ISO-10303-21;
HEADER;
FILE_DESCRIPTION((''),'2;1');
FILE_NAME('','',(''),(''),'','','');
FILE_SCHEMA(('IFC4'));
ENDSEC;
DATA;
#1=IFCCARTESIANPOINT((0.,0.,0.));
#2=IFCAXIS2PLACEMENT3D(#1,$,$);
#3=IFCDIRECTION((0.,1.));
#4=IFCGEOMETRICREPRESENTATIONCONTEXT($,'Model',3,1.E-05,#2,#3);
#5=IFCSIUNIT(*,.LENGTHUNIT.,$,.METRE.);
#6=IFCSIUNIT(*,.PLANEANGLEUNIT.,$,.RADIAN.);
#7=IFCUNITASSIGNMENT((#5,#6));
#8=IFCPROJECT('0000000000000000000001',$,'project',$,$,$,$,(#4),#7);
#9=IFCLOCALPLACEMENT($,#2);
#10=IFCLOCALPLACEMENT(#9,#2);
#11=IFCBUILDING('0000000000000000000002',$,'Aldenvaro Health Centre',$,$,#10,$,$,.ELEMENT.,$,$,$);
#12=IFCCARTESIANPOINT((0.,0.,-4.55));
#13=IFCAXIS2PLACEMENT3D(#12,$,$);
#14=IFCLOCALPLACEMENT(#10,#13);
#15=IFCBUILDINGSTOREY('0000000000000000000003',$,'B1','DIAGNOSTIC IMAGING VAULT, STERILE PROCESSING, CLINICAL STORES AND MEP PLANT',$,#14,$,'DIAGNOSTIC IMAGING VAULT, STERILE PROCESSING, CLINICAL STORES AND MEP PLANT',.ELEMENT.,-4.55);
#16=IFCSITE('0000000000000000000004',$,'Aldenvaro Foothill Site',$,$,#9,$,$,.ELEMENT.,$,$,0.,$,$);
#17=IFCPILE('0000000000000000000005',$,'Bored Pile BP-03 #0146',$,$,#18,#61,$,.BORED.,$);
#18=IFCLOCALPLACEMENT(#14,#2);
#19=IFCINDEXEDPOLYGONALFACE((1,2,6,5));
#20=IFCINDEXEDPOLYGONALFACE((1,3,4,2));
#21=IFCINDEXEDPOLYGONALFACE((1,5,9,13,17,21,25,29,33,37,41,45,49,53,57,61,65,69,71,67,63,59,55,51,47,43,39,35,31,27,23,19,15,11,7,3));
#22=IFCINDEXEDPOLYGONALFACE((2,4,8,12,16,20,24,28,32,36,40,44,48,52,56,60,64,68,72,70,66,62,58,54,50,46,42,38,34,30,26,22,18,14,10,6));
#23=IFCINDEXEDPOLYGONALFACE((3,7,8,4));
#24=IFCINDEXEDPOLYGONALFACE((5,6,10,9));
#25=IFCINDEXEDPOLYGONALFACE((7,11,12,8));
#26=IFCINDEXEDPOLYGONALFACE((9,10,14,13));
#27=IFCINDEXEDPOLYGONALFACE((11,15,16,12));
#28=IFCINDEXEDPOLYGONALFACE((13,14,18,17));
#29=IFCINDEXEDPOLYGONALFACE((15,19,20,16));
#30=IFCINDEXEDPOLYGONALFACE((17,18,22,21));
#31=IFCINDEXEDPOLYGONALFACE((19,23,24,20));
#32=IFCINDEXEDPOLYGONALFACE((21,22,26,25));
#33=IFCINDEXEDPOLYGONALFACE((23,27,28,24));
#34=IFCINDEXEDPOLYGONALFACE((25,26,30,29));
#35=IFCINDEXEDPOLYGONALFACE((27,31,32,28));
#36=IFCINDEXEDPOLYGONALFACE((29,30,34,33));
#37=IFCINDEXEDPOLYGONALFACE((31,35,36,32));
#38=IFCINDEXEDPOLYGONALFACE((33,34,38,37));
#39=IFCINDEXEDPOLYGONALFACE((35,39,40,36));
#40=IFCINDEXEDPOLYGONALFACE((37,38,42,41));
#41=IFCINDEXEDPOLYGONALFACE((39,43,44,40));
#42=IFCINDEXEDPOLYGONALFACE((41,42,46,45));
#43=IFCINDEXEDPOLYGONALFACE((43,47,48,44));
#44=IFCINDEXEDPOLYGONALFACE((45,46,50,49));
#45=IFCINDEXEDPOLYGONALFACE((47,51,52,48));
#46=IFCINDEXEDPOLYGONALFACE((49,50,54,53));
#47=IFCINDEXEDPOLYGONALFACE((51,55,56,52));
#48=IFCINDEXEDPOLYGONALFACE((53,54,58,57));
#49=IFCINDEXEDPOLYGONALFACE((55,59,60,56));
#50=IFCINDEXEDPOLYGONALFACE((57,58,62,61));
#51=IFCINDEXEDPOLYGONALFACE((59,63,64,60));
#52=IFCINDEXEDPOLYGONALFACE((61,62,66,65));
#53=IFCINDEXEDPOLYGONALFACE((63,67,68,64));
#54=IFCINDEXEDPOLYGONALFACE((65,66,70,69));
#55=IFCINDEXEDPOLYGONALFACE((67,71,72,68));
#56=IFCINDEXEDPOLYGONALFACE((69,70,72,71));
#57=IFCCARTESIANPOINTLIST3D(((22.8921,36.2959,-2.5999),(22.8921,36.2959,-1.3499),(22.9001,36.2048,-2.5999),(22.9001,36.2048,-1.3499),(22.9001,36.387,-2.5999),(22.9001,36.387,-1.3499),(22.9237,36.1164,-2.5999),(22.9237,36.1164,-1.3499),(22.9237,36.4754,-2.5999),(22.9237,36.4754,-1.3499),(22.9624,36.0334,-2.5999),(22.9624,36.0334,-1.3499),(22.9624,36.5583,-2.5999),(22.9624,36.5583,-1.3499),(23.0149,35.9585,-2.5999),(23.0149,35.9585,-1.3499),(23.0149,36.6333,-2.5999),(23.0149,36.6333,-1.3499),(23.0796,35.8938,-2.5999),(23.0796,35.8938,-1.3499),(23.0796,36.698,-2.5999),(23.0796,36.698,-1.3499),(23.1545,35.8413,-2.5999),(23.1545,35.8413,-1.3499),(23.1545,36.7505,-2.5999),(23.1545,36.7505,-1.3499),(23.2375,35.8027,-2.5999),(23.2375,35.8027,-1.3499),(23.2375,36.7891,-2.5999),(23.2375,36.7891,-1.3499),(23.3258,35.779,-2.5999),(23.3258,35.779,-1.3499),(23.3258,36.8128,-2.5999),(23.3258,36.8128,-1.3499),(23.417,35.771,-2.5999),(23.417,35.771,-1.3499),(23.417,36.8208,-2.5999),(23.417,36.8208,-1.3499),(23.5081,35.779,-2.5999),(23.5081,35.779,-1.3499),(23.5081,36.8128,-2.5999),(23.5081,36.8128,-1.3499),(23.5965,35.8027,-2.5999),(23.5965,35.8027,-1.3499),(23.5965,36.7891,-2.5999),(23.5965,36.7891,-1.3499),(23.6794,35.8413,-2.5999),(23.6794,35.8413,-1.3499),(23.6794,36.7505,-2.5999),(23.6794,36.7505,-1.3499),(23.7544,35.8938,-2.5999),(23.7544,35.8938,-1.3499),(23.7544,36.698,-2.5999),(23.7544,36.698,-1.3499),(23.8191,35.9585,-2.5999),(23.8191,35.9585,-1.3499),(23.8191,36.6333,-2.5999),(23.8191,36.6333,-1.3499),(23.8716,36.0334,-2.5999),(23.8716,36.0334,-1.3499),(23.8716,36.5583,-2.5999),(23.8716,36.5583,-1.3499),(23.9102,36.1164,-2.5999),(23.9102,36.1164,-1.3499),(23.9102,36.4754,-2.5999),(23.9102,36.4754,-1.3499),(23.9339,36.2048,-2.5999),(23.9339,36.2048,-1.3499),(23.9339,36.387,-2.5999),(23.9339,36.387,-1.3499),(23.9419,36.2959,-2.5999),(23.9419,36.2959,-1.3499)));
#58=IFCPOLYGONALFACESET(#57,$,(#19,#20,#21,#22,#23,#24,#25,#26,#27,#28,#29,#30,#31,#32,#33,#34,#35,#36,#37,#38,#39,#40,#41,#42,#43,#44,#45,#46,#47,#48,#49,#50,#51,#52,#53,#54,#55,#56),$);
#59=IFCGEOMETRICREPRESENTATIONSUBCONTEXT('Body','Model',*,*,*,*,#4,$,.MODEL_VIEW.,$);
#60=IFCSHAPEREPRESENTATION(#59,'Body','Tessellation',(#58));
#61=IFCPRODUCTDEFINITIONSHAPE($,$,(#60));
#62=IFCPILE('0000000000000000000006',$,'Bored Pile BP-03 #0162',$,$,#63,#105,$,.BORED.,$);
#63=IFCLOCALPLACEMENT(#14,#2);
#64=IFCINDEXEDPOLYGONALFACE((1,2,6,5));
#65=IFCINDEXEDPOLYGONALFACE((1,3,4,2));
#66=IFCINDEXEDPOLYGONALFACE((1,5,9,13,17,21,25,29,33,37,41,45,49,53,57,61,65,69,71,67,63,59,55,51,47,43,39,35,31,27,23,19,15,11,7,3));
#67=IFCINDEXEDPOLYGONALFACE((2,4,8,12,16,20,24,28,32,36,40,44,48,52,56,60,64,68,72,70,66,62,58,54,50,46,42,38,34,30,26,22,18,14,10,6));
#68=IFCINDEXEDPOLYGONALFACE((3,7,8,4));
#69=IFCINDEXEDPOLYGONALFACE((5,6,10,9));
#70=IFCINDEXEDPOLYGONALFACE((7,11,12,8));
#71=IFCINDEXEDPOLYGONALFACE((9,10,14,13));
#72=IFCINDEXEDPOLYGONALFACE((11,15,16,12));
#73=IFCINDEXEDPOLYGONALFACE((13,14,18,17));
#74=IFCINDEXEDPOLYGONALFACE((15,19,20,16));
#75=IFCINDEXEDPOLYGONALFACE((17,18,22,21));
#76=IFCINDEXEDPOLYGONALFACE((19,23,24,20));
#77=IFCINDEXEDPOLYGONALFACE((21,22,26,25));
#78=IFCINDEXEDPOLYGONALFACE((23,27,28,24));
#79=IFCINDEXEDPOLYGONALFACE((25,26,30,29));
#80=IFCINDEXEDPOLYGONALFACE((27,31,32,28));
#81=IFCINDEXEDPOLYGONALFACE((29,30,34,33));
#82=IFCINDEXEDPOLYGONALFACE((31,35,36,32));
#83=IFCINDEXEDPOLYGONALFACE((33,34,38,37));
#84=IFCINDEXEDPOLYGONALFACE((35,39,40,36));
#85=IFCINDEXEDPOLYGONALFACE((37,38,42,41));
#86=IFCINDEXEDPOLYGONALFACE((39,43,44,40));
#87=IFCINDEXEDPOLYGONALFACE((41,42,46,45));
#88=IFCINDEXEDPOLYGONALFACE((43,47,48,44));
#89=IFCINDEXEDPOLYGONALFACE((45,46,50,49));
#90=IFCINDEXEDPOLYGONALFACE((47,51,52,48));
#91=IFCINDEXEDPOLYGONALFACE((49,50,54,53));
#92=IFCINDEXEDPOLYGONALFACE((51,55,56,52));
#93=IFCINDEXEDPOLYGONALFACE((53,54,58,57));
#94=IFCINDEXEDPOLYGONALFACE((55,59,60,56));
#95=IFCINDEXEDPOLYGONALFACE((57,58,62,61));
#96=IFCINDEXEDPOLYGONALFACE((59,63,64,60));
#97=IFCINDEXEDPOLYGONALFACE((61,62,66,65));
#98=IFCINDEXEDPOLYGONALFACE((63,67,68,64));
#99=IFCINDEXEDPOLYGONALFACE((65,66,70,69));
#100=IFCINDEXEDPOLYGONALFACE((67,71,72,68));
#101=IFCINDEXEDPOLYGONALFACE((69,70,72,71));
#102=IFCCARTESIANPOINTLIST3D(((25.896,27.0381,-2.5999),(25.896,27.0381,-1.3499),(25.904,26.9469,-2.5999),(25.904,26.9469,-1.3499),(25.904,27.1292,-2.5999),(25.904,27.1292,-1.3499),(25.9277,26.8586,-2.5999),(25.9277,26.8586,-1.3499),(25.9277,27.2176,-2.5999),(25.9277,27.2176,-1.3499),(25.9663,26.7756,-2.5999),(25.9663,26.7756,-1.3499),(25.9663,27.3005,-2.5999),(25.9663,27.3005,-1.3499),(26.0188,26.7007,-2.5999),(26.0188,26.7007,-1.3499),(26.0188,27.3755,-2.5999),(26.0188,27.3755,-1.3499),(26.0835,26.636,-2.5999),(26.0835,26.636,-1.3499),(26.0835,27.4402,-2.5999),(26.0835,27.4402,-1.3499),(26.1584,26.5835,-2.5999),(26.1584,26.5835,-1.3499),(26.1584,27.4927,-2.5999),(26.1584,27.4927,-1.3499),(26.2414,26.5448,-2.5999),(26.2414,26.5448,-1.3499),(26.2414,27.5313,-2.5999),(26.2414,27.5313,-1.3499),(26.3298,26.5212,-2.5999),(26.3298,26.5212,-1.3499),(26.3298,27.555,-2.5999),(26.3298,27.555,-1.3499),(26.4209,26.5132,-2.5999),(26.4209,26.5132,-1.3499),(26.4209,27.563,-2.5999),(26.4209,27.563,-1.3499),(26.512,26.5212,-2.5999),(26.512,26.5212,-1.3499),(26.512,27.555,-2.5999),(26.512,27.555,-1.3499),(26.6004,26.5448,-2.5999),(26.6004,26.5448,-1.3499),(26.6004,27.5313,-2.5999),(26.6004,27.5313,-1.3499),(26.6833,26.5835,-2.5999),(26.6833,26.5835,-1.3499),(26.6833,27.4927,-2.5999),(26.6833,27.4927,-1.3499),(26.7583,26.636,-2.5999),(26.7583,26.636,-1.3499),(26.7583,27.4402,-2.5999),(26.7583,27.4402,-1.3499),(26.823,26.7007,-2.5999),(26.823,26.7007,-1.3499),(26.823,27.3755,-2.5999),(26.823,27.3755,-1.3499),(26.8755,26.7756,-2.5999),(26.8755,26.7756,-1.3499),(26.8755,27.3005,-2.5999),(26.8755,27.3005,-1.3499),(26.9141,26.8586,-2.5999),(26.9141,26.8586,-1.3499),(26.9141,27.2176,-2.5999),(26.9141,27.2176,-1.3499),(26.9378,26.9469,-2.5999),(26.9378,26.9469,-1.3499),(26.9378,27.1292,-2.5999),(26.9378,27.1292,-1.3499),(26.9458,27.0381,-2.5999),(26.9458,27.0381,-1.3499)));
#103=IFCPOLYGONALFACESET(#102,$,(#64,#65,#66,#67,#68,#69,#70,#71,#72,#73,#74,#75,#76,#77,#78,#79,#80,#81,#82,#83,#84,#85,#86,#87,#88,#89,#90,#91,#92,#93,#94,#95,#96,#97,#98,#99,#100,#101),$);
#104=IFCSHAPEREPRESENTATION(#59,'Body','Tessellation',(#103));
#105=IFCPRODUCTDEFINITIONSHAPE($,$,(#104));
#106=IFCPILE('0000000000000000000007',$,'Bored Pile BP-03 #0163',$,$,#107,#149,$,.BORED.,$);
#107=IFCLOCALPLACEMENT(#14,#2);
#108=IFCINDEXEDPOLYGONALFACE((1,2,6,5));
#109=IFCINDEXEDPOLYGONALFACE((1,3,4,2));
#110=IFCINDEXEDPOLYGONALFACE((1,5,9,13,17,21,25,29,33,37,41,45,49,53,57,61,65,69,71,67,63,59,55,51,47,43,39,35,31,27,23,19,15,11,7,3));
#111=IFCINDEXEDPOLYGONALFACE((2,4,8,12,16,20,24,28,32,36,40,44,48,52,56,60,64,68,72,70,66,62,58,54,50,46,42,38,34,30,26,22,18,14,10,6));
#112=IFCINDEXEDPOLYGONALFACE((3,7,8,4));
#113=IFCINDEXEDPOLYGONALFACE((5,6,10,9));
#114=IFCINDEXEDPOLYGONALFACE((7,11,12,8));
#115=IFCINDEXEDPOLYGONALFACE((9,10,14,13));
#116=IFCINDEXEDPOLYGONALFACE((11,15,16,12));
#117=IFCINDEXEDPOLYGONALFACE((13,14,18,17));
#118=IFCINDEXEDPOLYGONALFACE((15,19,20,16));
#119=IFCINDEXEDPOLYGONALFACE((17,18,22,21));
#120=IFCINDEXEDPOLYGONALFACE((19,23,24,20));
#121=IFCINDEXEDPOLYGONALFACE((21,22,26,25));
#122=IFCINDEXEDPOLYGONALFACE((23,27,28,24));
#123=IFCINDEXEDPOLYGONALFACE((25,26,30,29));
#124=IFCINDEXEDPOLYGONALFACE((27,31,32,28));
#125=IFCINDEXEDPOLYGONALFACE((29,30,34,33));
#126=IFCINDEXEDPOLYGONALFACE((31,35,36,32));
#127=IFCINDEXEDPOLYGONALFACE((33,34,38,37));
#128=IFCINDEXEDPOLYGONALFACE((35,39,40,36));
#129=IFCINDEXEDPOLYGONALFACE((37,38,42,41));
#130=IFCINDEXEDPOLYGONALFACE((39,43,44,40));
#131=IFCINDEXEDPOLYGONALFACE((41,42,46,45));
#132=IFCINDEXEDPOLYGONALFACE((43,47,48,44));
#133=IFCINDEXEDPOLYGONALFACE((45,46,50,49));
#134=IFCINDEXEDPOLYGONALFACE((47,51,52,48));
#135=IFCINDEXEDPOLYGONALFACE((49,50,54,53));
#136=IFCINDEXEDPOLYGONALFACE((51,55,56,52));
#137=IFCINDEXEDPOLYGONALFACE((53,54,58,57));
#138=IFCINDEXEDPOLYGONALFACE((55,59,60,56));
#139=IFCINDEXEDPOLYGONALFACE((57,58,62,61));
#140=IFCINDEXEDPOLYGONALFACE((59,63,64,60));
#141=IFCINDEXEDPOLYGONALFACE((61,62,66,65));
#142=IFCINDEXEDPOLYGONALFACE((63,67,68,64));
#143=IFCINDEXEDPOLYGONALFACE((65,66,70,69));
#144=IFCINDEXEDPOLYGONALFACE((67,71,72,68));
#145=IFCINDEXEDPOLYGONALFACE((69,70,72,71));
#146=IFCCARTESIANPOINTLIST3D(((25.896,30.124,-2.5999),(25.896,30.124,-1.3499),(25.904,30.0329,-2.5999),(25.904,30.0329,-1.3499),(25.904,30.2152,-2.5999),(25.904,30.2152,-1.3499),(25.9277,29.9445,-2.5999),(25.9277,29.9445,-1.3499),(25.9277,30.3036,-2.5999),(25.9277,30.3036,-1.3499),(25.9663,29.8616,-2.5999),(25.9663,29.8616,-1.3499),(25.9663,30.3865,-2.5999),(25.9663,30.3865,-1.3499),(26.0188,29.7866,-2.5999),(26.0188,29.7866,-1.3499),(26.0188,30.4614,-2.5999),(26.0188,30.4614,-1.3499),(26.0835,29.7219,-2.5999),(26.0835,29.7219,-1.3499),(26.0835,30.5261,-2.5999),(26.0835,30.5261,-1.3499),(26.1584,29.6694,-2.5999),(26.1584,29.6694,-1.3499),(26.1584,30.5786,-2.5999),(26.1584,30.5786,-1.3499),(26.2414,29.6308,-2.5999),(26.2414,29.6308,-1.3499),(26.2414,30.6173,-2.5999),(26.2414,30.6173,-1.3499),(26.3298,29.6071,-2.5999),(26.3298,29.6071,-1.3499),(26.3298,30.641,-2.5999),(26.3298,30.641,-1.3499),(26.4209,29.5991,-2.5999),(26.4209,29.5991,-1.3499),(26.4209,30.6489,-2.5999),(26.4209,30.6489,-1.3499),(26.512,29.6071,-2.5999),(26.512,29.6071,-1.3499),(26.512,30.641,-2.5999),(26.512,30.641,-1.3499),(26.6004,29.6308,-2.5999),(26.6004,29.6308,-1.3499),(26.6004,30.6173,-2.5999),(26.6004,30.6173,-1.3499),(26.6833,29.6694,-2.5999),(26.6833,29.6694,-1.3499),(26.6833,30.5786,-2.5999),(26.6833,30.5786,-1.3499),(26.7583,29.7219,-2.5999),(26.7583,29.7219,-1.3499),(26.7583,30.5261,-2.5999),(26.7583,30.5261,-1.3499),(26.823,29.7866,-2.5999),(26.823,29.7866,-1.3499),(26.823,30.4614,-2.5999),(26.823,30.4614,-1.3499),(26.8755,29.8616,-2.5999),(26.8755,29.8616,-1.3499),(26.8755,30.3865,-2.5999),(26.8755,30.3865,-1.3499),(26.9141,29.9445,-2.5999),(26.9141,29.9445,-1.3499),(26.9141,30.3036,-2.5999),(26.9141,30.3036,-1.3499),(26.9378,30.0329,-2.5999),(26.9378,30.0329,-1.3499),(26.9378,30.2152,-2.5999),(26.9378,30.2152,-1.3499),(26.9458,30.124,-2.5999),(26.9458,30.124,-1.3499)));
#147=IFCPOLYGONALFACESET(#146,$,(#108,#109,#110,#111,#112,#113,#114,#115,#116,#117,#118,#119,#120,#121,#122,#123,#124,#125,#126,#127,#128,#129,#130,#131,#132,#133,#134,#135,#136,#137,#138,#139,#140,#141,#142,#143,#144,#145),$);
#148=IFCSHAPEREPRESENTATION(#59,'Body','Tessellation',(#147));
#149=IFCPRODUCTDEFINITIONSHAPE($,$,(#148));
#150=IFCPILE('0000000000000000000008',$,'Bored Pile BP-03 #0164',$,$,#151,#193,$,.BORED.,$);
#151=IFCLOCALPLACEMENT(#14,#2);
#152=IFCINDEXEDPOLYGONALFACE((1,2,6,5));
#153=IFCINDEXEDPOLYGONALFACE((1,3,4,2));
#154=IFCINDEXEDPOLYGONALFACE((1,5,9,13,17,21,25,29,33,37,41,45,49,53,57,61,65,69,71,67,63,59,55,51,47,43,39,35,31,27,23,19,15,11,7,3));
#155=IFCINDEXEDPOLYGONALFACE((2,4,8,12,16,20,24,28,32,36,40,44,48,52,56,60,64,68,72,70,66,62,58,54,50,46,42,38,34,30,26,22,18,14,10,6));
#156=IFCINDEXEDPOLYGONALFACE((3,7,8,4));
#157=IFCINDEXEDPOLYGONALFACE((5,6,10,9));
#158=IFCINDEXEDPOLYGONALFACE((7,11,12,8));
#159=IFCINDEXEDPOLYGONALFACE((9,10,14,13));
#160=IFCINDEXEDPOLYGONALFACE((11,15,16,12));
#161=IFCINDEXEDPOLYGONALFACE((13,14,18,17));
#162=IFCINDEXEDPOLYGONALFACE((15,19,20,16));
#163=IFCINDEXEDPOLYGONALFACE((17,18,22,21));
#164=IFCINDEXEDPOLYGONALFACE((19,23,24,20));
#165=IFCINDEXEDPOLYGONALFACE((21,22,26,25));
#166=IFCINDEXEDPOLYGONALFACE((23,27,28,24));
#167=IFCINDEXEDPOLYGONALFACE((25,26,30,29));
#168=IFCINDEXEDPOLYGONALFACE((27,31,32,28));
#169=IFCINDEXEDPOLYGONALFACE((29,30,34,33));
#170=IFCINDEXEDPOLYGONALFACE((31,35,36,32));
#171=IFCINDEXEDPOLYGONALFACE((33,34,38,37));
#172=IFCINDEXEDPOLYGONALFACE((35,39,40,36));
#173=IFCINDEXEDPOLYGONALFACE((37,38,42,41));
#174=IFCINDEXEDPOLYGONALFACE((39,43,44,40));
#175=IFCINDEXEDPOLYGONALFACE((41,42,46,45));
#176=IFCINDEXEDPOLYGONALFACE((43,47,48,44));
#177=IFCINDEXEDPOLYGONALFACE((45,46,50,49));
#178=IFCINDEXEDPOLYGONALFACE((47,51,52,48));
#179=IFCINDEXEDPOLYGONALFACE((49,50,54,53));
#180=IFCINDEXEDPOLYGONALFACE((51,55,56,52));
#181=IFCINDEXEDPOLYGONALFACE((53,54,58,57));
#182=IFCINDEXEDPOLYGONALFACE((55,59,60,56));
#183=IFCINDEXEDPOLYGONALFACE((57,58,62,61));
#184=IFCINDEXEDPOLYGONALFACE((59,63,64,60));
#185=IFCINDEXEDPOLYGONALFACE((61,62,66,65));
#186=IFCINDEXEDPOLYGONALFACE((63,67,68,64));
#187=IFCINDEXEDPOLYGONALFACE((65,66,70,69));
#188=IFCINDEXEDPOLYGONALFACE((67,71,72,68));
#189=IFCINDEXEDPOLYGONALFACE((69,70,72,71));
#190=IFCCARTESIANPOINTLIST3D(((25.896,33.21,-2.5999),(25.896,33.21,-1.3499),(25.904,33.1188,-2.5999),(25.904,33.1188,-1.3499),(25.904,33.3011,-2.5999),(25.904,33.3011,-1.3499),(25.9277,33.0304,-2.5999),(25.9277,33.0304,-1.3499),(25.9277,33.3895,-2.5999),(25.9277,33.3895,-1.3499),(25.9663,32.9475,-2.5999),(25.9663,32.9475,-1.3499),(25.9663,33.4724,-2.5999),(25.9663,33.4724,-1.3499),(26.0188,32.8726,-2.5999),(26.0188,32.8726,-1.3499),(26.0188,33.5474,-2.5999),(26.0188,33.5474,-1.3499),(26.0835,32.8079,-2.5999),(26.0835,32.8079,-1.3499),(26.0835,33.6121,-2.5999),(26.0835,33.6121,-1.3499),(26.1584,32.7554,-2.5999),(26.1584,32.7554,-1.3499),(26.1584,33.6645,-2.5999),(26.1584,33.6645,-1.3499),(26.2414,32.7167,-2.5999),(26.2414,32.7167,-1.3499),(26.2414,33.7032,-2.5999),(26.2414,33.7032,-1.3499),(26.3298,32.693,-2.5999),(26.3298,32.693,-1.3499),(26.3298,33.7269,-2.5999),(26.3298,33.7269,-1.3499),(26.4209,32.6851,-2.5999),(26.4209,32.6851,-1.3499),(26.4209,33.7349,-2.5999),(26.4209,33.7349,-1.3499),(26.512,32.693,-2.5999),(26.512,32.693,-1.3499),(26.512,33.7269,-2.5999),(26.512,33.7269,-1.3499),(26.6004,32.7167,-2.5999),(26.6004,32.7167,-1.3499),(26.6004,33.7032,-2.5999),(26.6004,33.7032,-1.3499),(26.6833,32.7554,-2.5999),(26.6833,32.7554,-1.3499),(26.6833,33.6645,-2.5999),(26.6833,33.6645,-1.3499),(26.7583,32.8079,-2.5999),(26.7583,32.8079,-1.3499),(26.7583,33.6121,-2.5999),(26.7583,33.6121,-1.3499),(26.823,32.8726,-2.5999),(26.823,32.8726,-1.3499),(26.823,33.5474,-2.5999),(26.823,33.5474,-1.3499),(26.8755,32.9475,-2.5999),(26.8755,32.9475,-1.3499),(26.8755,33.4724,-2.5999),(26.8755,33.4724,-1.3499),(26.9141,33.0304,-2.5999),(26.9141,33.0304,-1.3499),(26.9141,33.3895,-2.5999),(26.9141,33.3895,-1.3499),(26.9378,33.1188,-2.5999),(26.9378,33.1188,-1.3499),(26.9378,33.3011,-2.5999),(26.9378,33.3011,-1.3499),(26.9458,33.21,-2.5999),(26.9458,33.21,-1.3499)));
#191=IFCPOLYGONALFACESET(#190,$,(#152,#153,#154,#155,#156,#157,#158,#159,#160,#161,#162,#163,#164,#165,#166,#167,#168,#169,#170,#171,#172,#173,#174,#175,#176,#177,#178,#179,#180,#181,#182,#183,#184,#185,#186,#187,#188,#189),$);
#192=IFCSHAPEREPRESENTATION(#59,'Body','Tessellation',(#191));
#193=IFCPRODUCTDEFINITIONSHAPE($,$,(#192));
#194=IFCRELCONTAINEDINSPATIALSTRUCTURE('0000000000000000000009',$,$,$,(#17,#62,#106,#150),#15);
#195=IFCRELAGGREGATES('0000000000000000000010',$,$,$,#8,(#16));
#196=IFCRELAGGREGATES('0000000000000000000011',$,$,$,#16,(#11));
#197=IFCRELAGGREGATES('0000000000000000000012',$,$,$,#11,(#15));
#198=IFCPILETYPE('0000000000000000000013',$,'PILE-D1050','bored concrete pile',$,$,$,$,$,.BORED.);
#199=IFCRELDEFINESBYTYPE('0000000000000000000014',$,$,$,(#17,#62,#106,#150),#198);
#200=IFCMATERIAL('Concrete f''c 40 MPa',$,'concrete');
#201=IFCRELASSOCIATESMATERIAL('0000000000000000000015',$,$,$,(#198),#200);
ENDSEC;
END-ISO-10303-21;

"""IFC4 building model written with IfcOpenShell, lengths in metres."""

from ifc_helpers import new_model, si_unit, direction, frame, origin, origin_2d, place, context, subcontext, project, spatial, circle, extrude, material, material_profile, profile_set, type_object, element, save


model = new_model("IFC4")

# Units and contexts
model_context = context("Model", 3, precision=1e-05, world=origin(), true_north=direction((0.0, 1.0)))
body_context = subcontext(model_context, "Body", "Model", "MODEL_VIEW")
ifc_project = project(units=[si_unit("LENGTHUNIT", "METRE"), si_unit("PLANEANGLEUNIT", "RADIAN")], contexts=[model_context])

# Site, building, storey
site_placement = place(None, origin())
site = spatial("IfcSite", under=ifc_project, at=site_placement, Name="Aldenvaro Foothill Site", CompositionType="ELEMENT", RefElevation=0.0)
building_placement = place(site_placement, origin())
building = spatial("IfcBuilding", under=site, at=building_placement, Name="Aldenvaro Health Centre", CompositionType="ELEMENT")
storey_placement = place(building_placement, frame((0.0, 0.0, -4.55)))
storey = spatial("IfcBuildingStorey", under=building, at=storey_placement, Name="B1", Description="DIAGNOSTIC IMAGING VAULT, STERILE PROCESSING, CLINICAL STORES AND MEP PLANT", LongName="DIAGNOSTIC IMAGING VAULT, STERILE PROCESSING, CLINICAL STORES AND MEP PLANT", CompositionType="ELEMENT", Elevation=-4.55)

# Piles
ifc_material_1 = material(Name="Concrete f'c 40 MPa", Category="concrete")
ifc_material_profile_1 = material_profile(ifc_material_1, circle(Radius=0.5249, at=origin_2d()), Name="PILE D1050", Category="concrete")
ifc_profile_set_1 = profile_set([ifc_material_profile_1], Name="Concrete f'c 40 MPa")
pile_type = type_object("IfcPileType", Name="PILE-D1050", Description="bored concrete pile", PredefinedType="BORED", material=ifc_profile_set_1)
for number, where, z_axis, x_axis, name in (
    (1, (23.417, 36.2959, -1.3499), (0.0, 0.0, -1.0), (1.0, 0.0, 0.0), "Bored Pile BP-03 #0146"),
    (2, (26.4209, 27.0381, -1.3499), (0.0, 0.0, -1.0), (1.0, 0.0, 0.0), "Bored Pile BP-03 #0162"),
    (3, (26.4209, 30.124, -1.3499), (0.0, 0.0, -1.0), (1.0, 0.0, 0.0), "Bored Pile BP-03 #0163"),
    (4, (26.4209, 33.21, -1.3499), (0.0, 0.0, -1.0), (1.0, 0.0, 0.0), "Bored Pile BP-03 #0164"),
):
    element("IfcPile", number, at=place(storey_placement, frame(where, z_axis=z_axis, x_axis=x_axis)), inside=storey, type_object=pile_type, Name=name, PredefinedType="BORED", context=body_context, shape_type="SweptSolid", body=[
        extrude(circle(Radius=0.5249, at=origin_2d()), origin(), (0.0, 0.0, 1.0), 1.25),
    ])

save(model, "model.ifc")
